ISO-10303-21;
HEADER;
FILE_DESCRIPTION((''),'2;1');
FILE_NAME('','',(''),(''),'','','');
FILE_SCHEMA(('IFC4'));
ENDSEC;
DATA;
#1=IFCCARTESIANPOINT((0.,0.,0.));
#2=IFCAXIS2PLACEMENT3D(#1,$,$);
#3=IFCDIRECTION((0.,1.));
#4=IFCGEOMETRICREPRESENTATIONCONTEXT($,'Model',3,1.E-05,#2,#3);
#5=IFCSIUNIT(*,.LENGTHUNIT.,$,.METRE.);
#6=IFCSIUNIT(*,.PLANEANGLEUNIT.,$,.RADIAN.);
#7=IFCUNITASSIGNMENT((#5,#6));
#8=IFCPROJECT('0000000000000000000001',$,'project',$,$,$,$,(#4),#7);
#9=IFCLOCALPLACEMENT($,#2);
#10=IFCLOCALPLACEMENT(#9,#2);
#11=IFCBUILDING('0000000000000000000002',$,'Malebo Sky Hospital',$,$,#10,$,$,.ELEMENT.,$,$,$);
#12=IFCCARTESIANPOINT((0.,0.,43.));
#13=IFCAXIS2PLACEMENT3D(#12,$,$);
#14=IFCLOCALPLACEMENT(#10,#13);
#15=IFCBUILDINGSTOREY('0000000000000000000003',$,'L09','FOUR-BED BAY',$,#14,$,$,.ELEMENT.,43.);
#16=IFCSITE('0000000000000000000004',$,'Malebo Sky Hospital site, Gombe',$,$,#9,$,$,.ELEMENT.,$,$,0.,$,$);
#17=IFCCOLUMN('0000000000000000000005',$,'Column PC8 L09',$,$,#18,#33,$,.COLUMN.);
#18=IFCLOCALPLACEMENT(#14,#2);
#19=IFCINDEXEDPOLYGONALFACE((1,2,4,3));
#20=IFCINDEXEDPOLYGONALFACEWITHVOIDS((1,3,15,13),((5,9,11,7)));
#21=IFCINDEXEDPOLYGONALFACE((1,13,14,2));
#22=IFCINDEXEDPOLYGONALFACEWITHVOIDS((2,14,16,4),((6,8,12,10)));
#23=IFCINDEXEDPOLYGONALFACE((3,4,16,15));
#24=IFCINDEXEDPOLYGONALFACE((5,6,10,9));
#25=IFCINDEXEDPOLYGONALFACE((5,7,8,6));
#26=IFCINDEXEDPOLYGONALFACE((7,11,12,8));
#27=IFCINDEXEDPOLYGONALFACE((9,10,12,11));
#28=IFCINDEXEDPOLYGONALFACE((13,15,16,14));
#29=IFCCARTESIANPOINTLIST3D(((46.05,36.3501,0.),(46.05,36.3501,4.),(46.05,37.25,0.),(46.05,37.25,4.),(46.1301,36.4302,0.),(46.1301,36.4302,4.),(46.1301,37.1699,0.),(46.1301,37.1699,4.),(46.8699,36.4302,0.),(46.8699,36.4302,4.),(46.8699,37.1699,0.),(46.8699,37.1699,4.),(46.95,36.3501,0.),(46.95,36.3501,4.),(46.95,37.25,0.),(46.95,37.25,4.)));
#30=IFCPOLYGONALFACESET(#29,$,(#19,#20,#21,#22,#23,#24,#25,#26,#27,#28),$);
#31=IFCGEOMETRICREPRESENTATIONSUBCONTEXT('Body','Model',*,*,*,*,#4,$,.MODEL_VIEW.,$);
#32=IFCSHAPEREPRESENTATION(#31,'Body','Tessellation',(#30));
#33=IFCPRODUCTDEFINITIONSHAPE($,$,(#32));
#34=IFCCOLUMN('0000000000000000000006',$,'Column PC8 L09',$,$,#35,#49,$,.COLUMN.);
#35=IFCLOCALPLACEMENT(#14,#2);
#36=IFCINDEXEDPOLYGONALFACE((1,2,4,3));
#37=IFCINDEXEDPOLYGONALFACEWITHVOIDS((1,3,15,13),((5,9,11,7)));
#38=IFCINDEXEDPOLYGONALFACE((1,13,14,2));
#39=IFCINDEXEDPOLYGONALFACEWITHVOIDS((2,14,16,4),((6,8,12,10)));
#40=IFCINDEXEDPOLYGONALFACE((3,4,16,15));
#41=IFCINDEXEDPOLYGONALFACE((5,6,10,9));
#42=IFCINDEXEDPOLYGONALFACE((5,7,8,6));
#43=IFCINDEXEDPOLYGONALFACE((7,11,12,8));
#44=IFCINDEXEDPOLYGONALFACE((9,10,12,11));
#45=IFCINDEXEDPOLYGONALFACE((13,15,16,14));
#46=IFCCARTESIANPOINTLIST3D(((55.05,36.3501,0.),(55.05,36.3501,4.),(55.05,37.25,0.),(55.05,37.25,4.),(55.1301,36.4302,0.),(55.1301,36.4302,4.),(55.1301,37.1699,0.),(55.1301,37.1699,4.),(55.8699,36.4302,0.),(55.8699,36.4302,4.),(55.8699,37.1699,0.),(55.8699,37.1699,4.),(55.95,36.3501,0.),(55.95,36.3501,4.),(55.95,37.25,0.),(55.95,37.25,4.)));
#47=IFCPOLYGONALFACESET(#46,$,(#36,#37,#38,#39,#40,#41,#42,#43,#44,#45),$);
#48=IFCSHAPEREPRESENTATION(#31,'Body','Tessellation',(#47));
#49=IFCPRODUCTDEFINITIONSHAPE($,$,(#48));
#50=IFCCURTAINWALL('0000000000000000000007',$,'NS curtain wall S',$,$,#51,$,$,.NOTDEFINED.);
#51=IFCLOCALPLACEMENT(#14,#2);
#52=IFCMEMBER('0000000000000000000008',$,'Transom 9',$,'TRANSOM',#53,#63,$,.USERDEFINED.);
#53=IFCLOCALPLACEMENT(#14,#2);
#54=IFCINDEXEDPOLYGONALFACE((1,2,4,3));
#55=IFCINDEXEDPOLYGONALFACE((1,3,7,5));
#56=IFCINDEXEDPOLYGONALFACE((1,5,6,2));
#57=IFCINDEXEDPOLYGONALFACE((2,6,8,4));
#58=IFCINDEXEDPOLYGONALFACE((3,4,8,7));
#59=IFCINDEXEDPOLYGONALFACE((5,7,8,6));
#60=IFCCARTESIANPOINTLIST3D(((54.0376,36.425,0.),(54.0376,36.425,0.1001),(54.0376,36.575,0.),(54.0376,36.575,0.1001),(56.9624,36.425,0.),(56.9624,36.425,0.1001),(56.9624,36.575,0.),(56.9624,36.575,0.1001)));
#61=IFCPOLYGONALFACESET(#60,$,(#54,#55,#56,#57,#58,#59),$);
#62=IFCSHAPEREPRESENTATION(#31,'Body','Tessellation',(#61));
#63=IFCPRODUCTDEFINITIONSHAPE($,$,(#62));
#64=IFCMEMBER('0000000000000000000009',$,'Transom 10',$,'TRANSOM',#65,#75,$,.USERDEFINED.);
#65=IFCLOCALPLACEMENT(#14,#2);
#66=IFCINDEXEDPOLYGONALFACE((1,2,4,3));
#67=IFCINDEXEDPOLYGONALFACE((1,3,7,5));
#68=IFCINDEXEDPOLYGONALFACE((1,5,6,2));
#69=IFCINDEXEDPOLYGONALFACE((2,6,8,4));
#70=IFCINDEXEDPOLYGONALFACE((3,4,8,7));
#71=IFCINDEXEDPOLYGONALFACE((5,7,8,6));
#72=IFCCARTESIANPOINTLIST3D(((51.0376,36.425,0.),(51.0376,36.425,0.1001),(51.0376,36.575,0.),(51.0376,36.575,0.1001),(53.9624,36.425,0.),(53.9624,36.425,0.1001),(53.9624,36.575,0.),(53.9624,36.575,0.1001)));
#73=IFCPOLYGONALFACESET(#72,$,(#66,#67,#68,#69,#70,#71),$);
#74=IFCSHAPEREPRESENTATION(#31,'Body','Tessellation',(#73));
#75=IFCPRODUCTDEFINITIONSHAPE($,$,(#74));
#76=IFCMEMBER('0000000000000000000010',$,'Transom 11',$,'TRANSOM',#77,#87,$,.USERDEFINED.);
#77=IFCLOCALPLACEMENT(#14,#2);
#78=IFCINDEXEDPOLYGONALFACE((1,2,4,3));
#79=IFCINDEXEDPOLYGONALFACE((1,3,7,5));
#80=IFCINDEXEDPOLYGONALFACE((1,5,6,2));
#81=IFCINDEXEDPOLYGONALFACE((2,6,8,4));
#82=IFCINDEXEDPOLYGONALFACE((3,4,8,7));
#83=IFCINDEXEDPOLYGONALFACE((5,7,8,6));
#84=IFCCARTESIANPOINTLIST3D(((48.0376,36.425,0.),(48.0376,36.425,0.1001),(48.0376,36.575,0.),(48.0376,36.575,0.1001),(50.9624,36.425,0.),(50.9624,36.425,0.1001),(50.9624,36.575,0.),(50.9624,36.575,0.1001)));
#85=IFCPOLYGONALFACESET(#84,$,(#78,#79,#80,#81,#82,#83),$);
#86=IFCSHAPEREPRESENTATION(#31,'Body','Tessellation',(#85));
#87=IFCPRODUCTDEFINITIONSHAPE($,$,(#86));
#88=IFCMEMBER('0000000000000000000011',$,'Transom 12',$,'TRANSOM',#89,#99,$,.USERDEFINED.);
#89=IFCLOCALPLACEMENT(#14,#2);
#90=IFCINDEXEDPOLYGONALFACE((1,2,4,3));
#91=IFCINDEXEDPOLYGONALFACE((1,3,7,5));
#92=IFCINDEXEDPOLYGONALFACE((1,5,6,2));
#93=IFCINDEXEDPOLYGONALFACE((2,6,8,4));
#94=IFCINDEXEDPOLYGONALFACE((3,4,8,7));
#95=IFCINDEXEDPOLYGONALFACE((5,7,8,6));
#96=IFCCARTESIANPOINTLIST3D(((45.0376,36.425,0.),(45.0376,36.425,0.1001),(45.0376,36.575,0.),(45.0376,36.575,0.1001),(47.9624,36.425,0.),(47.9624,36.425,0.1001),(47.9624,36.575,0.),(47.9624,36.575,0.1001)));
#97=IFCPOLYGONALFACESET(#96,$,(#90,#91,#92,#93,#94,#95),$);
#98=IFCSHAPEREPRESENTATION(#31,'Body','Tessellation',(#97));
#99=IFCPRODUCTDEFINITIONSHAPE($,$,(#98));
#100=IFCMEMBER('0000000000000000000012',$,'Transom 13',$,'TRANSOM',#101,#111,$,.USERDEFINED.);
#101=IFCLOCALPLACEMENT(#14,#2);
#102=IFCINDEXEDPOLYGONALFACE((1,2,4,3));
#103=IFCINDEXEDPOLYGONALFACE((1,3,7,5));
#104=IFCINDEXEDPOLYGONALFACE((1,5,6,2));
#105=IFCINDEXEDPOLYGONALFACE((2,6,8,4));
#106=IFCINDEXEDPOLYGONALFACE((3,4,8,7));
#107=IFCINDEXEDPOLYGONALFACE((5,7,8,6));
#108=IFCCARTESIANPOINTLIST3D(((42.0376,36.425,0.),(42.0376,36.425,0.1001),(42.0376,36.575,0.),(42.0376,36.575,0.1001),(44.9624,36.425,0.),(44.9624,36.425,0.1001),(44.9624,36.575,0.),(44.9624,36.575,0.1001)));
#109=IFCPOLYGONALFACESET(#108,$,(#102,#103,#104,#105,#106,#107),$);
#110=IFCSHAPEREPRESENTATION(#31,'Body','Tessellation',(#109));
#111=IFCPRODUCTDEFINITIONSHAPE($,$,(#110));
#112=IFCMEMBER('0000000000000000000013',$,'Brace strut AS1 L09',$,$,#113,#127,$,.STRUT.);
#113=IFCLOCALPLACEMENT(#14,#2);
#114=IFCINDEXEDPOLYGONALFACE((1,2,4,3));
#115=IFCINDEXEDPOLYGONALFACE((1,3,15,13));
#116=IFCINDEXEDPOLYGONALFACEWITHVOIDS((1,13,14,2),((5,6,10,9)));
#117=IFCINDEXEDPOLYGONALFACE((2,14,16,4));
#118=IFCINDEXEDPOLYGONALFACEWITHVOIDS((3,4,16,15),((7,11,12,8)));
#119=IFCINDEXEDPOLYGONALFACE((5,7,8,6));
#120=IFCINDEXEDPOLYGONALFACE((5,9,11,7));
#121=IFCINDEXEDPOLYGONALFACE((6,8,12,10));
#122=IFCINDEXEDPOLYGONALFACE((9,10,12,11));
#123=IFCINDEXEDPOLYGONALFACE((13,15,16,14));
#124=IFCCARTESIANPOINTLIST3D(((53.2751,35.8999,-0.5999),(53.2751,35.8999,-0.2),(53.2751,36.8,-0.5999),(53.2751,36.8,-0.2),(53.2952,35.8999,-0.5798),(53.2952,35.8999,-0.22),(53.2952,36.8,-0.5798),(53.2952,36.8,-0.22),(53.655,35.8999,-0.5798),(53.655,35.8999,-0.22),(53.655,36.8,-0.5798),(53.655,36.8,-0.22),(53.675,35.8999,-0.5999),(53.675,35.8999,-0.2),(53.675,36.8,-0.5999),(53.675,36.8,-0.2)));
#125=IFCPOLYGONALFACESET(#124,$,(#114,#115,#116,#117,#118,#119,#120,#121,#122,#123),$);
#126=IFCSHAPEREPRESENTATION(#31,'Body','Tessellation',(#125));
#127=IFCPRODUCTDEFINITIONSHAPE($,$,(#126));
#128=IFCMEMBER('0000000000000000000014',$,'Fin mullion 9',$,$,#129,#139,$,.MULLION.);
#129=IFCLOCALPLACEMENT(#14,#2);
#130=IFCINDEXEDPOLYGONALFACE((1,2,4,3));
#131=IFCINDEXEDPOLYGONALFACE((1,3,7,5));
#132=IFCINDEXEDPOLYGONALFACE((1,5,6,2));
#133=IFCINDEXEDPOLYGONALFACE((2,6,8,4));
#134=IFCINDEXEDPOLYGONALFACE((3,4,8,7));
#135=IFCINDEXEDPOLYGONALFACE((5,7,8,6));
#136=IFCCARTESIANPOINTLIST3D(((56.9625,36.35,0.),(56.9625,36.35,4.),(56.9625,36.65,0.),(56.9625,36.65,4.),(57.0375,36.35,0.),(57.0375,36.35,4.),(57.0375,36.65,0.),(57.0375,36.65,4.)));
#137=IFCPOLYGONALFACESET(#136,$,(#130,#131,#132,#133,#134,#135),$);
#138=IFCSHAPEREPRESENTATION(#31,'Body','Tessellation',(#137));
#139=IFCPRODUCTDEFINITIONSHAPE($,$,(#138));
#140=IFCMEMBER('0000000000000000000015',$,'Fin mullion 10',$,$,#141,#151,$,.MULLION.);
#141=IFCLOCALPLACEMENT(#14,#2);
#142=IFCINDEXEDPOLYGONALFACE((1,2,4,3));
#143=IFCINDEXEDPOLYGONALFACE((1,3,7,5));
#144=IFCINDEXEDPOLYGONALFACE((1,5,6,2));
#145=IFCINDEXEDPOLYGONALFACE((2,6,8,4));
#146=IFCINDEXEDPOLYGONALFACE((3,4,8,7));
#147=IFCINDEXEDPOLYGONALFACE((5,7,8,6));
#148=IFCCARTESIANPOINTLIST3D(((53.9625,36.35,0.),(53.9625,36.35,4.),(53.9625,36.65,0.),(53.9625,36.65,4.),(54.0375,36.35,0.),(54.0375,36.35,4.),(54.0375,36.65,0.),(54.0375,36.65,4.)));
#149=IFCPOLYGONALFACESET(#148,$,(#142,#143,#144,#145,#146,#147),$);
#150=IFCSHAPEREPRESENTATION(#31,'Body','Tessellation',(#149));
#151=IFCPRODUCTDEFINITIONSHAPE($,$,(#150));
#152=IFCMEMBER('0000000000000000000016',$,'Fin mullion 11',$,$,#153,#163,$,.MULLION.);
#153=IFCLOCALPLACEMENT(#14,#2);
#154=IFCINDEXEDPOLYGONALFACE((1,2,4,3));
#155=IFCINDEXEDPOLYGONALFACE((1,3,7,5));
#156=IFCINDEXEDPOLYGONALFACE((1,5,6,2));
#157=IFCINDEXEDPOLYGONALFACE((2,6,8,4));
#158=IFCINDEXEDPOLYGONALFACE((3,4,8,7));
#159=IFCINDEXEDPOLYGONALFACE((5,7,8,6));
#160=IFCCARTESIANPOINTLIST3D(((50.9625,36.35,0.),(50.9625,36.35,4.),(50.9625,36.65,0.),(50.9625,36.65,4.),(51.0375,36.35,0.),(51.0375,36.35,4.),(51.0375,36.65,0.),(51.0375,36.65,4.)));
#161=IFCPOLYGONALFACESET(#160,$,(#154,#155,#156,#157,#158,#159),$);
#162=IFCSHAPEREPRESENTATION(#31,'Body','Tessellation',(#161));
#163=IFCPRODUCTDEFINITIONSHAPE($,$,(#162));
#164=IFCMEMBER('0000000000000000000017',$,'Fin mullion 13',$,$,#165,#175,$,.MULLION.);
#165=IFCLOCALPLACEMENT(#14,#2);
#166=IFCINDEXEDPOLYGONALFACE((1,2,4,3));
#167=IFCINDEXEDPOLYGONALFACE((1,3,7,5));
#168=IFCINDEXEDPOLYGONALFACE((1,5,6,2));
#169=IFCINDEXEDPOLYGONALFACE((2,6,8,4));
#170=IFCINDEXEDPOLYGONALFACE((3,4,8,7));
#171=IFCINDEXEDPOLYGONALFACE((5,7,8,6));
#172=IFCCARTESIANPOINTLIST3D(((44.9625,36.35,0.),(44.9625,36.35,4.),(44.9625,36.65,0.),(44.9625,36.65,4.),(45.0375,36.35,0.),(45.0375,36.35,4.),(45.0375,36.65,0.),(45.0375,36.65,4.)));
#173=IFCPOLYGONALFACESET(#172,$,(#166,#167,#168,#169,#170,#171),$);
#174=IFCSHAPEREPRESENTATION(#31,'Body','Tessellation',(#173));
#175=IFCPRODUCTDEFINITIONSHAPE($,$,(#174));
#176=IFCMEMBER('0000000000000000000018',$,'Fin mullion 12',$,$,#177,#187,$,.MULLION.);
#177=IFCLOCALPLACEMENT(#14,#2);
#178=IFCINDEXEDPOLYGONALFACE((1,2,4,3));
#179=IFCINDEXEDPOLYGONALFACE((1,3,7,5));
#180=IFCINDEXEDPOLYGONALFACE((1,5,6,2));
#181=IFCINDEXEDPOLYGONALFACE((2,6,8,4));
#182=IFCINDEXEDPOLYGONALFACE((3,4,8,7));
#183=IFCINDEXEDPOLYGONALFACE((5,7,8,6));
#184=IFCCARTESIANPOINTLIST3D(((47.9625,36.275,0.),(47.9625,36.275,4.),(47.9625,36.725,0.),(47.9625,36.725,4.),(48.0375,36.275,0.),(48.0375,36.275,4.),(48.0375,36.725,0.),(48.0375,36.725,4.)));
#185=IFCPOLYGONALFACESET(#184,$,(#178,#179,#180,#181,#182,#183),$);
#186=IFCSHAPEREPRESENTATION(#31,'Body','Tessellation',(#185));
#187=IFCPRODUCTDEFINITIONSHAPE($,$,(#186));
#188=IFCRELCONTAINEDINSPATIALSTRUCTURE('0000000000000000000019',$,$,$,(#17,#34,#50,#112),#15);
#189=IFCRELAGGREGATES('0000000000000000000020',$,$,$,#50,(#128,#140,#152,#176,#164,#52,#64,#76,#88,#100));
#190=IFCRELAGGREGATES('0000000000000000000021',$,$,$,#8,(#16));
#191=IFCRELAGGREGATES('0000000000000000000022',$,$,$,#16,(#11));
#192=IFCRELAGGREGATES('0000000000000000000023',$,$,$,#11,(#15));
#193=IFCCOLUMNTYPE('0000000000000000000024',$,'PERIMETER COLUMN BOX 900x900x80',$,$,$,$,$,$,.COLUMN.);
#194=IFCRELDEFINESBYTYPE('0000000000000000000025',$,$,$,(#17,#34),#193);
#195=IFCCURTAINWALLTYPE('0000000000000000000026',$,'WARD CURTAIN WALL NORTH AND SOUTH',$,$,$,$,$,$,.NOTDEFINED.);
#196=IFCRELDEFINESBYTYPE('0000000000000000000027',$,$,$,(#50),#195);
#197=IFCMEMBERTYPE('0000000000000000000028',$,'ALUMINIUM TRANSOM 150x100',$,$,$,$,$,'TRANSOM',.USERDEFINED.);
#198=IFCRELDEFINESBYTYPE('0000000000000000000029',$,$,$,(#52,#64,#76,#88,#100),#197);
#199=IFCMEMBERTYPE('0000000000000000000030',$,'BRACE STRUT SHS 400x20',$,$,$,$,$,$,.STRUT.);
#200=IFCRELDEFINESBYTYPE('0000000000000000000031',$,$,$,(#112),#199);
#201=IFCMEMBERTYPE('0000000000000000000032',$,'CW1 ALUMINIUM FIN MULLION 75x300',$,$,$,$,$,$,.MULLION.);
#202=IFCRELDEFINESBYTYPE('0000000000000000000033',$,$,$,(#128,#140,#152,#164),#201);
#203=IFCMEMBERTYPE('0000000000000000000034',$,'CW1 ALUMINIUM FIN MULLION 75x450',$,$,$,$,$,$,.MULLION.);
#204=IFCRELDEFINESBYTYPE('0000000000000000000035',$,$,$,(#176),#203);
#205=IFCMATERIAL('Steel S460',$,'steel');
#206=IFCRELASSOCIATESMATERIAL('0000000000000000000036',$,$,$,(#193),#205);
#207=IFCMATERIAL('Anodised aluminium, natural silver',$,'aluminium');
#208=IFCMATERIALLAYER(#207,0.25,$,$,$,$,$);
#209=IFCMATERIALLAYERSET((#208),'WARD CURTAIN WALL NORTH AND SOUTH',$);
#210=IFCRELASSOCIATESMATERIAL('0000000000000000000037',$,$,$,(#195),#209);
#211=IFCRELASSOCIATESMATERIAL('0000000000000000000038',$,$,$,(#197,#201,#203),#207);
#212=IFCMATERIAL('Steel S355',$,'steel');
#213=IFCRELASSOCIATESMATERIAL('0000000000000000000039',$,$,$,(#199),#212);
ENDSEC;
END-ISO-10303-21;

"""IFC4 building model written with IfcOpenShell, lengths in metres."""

from ifc_helpers import new_model, si_unit, direction, frame, origin, origin_2d, place, context, subcontext, project, spatial, rectangle, hollow_rectangle, extrude, material, layer, layer_set, material_profile, profile_set, type_object, element, aggregate, save


model = new_model("IFC4")

# Units and contexts
model_context = context("Model", 3, precision=1e-05, world=origin(), true_north=direction((0.0, 1.0)))
body_context = subcontext(model_context, "Body", "Model", "MODEL_VIEW")
ifc_project = project(units=[si_unit("LENGTHUNIT", "METRE"), si_unit("PLANEANGLEUNIT", "RADIAN")], contexts=[model_context])

# Site, building, storey
site_placement = place(None, origin())
site = spatial("IfcSite", under=ifc_project, at=site_placement, Name="Malebo Sky Hospital site, Gombe", CompositionType="ELEMENT", RefElevation=0.0)
building_placement = place(site_placement, origin())
building = spatial("IfcBuilding", under=site, at=building_placement, Name="Malebo Sky Hospital", CompositionType="ELEMENT")
storey_placement = place(building_placement, frame((0.0, 0.0, 43.0)))
storey = spatial("IfcBuildingStorey", under=building, at=storey_placement, Name="L09", Description="FOUR-BED BAY", CompositionType="ELEMENT", Elevation=43.0)

# Columns
ifc_material_1 = material(Name="Steel S460", Category="steel")
ifc_material_profile_1 = material_profile(ifc_material_1, hollow_rectangle(XDim=0.8999, YDim=0.8999, WallThickness=0.0801, at=origin_2d()), Name="BOX 900x900x80")
ifc_profile_set_1 = profile_set([ifc_material_profile_1], Name="Steel S460")
column_type = type_object("IfcColumnType", Name="PERIMETER COLUMN BOX 900x900x80", PredefinedType="COLUMN", material=ifc_profile_set_1)
for number, where, z_axis, x_axis, name in (
    (1, (46.5, 36.8, 0.0), (0.0, 0.0, 1.0), (1.0, 0.0, 0.0), "Column PC8 L09"),
    (2, (55.5, 36.8, 0.0), (0.0, 0.0, 1.0), (1.0, 0.0, 0.0), "Column PC8 L09"),
):
    element("IfcColumn", number, at=place(storey_placement, frame(where, z_axis=z_axis, x_axis=x_axis)), inside=storey, type_object=column_type, Name=name, PredefinedType="COLUMN", context=body_context, shape_type="SweptSolid", body=[
        extrude(hollow_rectangle(XDim=0.8999, YDim=0.8999, WallThickness=0.0801, at=origin_2d()), origin(), (0.0, 0.0, 1.0), 4.0),
    ])

# Curtain wall, members
ifc_material_2 = material(Name="Anodised aluminium, natural silver", Category="aluminium")
ifc_layer_1 = layer(ifc_material_2, 0.25)
ifc_layer_set_1 = layer_set([ifc_layer_1], Name="WARD CURTAIN WALL NORTH AND SOUTH")
curtain_wall_type = type_object("IfcCurtainWallType", Name="WARD CURTAIN WALL NORTH AND SOUTH", PredefinedType="NOTDEFINED", material=ifc_layer_set_1)
curtain_wall_placement = place(storey_placement, origin())
curtain_wall = element("IfcCurtainWall", 3, at=curtain_wall_placement, inside=storey, type_object=curtain_wall_type, Name="NS curtain wall S", PredefinedType="NOTDEFINED")
ifc_material_profile_2 = material_profile(ifc_material_2, rectangle(XDim=0.1499, YDim=0.1001, at=origin_2d()), Name="ALUMINIUM TRANSOM 150x100")
ifc_profile_set_2 = profile_set([ifc_material_profile_2], Name="Anodised aluminium, natural silver")
member_type_1 = type_object("IfcMemberType", Name="ALUMINIUM TRANSOM 150x100", ElementType="TRANSOM", PredefinedType="USERDEFINED", material=ifc_profile_set_2)
member_1_placement = place(storey_placement, frame((56.9624, 36.5, 0.05), z_axis=(-1.0, 0.0, 0.0), x_axis=(0.0, -1.0, 0.0)))
member_1 = element("IfcMember", 4, at=member_1_placement, type_object=member_type_1, Name="Transom 9", ObjectType="TRANSOM", PredefinedType="USERDEFINED", context=body_context, shape_type="SweptSolid", body=[
    extrude(rectangle(XDim=0.1499, YDim=0.1001, at=origin_2d()), origin(), (0.0, 0.0, 1.0), 2.9248),
])
member_2_placement = place(storey_placement, frame((53.9624, 36.5, 0.05), z_axis=(-1.0, 0.0, 0.0), x_axis=(0.0, -1.0, 0.0)))
member_2 = element("IfcMember", 5, at=member_2_placement, type_object=member_type_1, Name="Transom 10", ObjectType="TRANSOM", PredefinedType="USERDEFINED", context=body_context, shape_type="SweptSolid", body=[
    extrude(rectangle(XDim=0.1499, YDim=0.1001, at=origin_2d()), origin(), (0.0, 0.0, 1.0), 2.9248),
])
member_3_placement = place(storey_placement, frame((50.9624, 36.5, 0.05), z_axis=(-1.0, 0.0, 0.0), x_axis=(0.0, -1.0, 0.0)))
member_3 = element("IfcMember", 6, at=member_3_placement, type_object=member_type_1, Name="Transom 11", ObjectType="TRANSOM", PredefinedType="USERDEFINED", context=body_context, shape_type="SweptSolid", body=[
    extrude(rectangle(XDim=0.1499, YDim=0.1001, at=origin_2d()), origin(), (0.0, 0.0, 1.0), 2.9248),
])
member_4_placement = place(storey_placement, frame((47.9624, 36.5, 0.05), z_axis=(-1.0, 0.0, 0.0), x_axis=(0.0, -1.0, 0.0)))
member_4 = element("IfcMember", 7, at=member_4_placement, type_object=member_type_1, Name="Transom 12", ObjectType="TRANSOM", PredefinedType="USERDEFINED", context=body_context, shape_type="SweptSolid", body=[
    extrude(rectangle(XDim=0.1499, YDim=0.1001, at=origin_2d()), origin(), (0.0, 0.0, 1.0), 2.9248),
])
member_5_placement = place(storey_placement, frame((44.9624, 36.5, 0.05), z_axis=(-1.0, 0.0, 0.0), x_axis=(0.0, -1.0, 0.0)))
member_5 = element("IfcMember", 8, at=member_5_placement, type_object=member_type_1, Name="Transom 13", ObjectType="TRANSOM", PredefinedType="USERDEFINED", context=body_context, shape_type="SweptSolid", body=[
    extrude(rectangle(XDim=0.1499, YDim=0.1001, at=origin_2d()), origin(), (0.0, 0.0, 1.0), 2.9248),
])

# Members
ifc_material_3 = material(Name="Steel S355", Category="steel")
ifc_material_profile_3 = material_profile(ifc_material_3, hollow_rectangle(XDim=0.3999, YDim=0.3999, WallThickness=0.02, at=origin_2d()), Name="SHS 400x20")
ifc_profile_set_3 = profile_set([ifc_material_profile_3], Name="Steel S355")
member_type_2 = type_object("IfcMemberType", Name="BRACE STRUT SHS 400x20", PredefinedType="STRUT", material=ifc_profile_set_3)
member_6_placement = place(storey_placement, frame((53.4751, 35.8999, -0.3999), z_axis=(0.0, 1.0, 0.0), x_axis=(-1.0, 0.0, 0.0)))
element("IfcMember", 9, at=member_6_placement, inside=storey, type_object=member_type_2, Name="Brace strut AS1 L09", PredefinedType="STRUT", context=body_context, shape_type="SweptSolid", body=[
    extrude(hollow_rectangle(XDim=0.3999, YDim=0.3999, WallThickness=0.02, at=origin_2d()), origin(), (0.0, 0.0, 1.0), 0.9001),
])
ifc_material_profile_4 = material_profile(ifc_material_2, rectangle(XDim=0.075, YDim=0.3, at=origin_2d()), Name="CW1 ALUMINIUM FIN MULLION 75x300")
ifc_profile_set_4 = profile_set([ifc_material_profile_4], Name="Anodised aluminium, natural silver")
member_type_3 = type_object("IfcMemberType", Name="CW1 ALUMINIUM FIN MULLION 75x300", PredefinedType="MULLION", material=ifc_profile_set_4)
member_7_placement = place(storey_placement, frame((57.0, 36.5, 0.0), z_axis=(0.0, 0.0, 1.0), x_axis=(-1.0, 0.0, 0.0)))
member_7 = element("IfcMember", 10, at=member_7_placement, type_object=member_type_3, Name="Fin mullion 9", PredefinedType="MULLION", context=body_context, shape_type="SweptSolid", body=[
    extrude(rectangle(XDim=0.075, YDim=0.3, at=origin_2d()), origin(), (0.0, 0.0, 1.0), 4.0),
])
member_8_placement = place(storey_placement, frame((54.0, 36.5, 0.0), z_axis=(0.0, 0.0, 1.0), x_axis=(-1.0, 0.0, 0.0)))
member_8 = element("IfcMember", 11, at=member_8_placement, type_object=member_type_3, Name="Fin mullion 10", PredefinedType="MULLION", context=body_context, shape_type="SweptSolid", body=[
    extrude(rectangle(XDim=0.075, YDim=0.3, at=origin_2d()), origin(), (0.0, 0.0, 1.0), 4.0),
])
member_9_placement = place(storey_placement, frame((51.0, 36.5, 0.0), z_axis=(0.0, 0.0, 1.0), x_axis=(-1.0, 0.0, 0.0)))
member_9 = element("IfcMember", 12, at=member_9_placement, type_object=member_type_3, Name="Fin mullion 11", PredefinedType="MULLION", context=body_context, shape_type="SweptSolid", body=[
    extrude(rectangle(XDim=0.075, YDim=0.3, at=origin_2d()), origin(), (0.0, 0.0, 1.0), 4.0),
])
member_10_placement = place(storey_placement, frame((45.0, 36.5, 0.0), z_axis=(0.0, 0.0, 1.0), x_axis=(-1.0, 0.0, 0.0)))
member_10 = element("IfcMember", 13, at=member_10_placement, type_object=member_type_3, Name="Fin mullion 13", PredefinedType="MULLION", context=body_context, shape_type="SweptSolid", body=[
    extrude(rectangle(XDim=0.075, YDim=0.3, at=origin_2d()), origin(), (0.0, 0.0, 1.0), 4.0),
])
ifc_material_profile_5 = material_profile(ifc_material_2, rectangle(XDim=0.075, YDim=0.45, at=origin_2d()), Name="CW1 ALUMINIUM FIN MULLION 75x450")
ifc_profile_set_5 = profile_set([ifc_material_profile_5], Name="Anodised aluminium, natural silver")
member_type_4 = type_object("IfcMemberType", Name="CW1 ALUMINIUM FIN MULLION 75x450", PredefinedType="MULLION", material=ifc_profile_set_5)
member_11_placement = place(storey_placement, frame((48.0, 36.5, 0.0), z_axis=(0.0, 0.0, 1.0), x_axis=(-1.0, 0.0, 0.0)))
member_11 = element("IfcMember", 14, at=member_11_placement, type_object=member_type_4, Name="Fin mullion 12", PredefinedType="MULLION", context=body_context, shape_type="SweptSolid", body=[
    extrude(rectangle(XDim=0.075, YDim=0.45, at=origin_2d()), origin(), (0.0, 0.0, 1.0), 4.0),
])

aggregate(curtain_wall, [member_7, member_8, member_9, member_11, member_10, member_1, member_2, member_3, member_4, member_5])

save(model, "model.ifc")
